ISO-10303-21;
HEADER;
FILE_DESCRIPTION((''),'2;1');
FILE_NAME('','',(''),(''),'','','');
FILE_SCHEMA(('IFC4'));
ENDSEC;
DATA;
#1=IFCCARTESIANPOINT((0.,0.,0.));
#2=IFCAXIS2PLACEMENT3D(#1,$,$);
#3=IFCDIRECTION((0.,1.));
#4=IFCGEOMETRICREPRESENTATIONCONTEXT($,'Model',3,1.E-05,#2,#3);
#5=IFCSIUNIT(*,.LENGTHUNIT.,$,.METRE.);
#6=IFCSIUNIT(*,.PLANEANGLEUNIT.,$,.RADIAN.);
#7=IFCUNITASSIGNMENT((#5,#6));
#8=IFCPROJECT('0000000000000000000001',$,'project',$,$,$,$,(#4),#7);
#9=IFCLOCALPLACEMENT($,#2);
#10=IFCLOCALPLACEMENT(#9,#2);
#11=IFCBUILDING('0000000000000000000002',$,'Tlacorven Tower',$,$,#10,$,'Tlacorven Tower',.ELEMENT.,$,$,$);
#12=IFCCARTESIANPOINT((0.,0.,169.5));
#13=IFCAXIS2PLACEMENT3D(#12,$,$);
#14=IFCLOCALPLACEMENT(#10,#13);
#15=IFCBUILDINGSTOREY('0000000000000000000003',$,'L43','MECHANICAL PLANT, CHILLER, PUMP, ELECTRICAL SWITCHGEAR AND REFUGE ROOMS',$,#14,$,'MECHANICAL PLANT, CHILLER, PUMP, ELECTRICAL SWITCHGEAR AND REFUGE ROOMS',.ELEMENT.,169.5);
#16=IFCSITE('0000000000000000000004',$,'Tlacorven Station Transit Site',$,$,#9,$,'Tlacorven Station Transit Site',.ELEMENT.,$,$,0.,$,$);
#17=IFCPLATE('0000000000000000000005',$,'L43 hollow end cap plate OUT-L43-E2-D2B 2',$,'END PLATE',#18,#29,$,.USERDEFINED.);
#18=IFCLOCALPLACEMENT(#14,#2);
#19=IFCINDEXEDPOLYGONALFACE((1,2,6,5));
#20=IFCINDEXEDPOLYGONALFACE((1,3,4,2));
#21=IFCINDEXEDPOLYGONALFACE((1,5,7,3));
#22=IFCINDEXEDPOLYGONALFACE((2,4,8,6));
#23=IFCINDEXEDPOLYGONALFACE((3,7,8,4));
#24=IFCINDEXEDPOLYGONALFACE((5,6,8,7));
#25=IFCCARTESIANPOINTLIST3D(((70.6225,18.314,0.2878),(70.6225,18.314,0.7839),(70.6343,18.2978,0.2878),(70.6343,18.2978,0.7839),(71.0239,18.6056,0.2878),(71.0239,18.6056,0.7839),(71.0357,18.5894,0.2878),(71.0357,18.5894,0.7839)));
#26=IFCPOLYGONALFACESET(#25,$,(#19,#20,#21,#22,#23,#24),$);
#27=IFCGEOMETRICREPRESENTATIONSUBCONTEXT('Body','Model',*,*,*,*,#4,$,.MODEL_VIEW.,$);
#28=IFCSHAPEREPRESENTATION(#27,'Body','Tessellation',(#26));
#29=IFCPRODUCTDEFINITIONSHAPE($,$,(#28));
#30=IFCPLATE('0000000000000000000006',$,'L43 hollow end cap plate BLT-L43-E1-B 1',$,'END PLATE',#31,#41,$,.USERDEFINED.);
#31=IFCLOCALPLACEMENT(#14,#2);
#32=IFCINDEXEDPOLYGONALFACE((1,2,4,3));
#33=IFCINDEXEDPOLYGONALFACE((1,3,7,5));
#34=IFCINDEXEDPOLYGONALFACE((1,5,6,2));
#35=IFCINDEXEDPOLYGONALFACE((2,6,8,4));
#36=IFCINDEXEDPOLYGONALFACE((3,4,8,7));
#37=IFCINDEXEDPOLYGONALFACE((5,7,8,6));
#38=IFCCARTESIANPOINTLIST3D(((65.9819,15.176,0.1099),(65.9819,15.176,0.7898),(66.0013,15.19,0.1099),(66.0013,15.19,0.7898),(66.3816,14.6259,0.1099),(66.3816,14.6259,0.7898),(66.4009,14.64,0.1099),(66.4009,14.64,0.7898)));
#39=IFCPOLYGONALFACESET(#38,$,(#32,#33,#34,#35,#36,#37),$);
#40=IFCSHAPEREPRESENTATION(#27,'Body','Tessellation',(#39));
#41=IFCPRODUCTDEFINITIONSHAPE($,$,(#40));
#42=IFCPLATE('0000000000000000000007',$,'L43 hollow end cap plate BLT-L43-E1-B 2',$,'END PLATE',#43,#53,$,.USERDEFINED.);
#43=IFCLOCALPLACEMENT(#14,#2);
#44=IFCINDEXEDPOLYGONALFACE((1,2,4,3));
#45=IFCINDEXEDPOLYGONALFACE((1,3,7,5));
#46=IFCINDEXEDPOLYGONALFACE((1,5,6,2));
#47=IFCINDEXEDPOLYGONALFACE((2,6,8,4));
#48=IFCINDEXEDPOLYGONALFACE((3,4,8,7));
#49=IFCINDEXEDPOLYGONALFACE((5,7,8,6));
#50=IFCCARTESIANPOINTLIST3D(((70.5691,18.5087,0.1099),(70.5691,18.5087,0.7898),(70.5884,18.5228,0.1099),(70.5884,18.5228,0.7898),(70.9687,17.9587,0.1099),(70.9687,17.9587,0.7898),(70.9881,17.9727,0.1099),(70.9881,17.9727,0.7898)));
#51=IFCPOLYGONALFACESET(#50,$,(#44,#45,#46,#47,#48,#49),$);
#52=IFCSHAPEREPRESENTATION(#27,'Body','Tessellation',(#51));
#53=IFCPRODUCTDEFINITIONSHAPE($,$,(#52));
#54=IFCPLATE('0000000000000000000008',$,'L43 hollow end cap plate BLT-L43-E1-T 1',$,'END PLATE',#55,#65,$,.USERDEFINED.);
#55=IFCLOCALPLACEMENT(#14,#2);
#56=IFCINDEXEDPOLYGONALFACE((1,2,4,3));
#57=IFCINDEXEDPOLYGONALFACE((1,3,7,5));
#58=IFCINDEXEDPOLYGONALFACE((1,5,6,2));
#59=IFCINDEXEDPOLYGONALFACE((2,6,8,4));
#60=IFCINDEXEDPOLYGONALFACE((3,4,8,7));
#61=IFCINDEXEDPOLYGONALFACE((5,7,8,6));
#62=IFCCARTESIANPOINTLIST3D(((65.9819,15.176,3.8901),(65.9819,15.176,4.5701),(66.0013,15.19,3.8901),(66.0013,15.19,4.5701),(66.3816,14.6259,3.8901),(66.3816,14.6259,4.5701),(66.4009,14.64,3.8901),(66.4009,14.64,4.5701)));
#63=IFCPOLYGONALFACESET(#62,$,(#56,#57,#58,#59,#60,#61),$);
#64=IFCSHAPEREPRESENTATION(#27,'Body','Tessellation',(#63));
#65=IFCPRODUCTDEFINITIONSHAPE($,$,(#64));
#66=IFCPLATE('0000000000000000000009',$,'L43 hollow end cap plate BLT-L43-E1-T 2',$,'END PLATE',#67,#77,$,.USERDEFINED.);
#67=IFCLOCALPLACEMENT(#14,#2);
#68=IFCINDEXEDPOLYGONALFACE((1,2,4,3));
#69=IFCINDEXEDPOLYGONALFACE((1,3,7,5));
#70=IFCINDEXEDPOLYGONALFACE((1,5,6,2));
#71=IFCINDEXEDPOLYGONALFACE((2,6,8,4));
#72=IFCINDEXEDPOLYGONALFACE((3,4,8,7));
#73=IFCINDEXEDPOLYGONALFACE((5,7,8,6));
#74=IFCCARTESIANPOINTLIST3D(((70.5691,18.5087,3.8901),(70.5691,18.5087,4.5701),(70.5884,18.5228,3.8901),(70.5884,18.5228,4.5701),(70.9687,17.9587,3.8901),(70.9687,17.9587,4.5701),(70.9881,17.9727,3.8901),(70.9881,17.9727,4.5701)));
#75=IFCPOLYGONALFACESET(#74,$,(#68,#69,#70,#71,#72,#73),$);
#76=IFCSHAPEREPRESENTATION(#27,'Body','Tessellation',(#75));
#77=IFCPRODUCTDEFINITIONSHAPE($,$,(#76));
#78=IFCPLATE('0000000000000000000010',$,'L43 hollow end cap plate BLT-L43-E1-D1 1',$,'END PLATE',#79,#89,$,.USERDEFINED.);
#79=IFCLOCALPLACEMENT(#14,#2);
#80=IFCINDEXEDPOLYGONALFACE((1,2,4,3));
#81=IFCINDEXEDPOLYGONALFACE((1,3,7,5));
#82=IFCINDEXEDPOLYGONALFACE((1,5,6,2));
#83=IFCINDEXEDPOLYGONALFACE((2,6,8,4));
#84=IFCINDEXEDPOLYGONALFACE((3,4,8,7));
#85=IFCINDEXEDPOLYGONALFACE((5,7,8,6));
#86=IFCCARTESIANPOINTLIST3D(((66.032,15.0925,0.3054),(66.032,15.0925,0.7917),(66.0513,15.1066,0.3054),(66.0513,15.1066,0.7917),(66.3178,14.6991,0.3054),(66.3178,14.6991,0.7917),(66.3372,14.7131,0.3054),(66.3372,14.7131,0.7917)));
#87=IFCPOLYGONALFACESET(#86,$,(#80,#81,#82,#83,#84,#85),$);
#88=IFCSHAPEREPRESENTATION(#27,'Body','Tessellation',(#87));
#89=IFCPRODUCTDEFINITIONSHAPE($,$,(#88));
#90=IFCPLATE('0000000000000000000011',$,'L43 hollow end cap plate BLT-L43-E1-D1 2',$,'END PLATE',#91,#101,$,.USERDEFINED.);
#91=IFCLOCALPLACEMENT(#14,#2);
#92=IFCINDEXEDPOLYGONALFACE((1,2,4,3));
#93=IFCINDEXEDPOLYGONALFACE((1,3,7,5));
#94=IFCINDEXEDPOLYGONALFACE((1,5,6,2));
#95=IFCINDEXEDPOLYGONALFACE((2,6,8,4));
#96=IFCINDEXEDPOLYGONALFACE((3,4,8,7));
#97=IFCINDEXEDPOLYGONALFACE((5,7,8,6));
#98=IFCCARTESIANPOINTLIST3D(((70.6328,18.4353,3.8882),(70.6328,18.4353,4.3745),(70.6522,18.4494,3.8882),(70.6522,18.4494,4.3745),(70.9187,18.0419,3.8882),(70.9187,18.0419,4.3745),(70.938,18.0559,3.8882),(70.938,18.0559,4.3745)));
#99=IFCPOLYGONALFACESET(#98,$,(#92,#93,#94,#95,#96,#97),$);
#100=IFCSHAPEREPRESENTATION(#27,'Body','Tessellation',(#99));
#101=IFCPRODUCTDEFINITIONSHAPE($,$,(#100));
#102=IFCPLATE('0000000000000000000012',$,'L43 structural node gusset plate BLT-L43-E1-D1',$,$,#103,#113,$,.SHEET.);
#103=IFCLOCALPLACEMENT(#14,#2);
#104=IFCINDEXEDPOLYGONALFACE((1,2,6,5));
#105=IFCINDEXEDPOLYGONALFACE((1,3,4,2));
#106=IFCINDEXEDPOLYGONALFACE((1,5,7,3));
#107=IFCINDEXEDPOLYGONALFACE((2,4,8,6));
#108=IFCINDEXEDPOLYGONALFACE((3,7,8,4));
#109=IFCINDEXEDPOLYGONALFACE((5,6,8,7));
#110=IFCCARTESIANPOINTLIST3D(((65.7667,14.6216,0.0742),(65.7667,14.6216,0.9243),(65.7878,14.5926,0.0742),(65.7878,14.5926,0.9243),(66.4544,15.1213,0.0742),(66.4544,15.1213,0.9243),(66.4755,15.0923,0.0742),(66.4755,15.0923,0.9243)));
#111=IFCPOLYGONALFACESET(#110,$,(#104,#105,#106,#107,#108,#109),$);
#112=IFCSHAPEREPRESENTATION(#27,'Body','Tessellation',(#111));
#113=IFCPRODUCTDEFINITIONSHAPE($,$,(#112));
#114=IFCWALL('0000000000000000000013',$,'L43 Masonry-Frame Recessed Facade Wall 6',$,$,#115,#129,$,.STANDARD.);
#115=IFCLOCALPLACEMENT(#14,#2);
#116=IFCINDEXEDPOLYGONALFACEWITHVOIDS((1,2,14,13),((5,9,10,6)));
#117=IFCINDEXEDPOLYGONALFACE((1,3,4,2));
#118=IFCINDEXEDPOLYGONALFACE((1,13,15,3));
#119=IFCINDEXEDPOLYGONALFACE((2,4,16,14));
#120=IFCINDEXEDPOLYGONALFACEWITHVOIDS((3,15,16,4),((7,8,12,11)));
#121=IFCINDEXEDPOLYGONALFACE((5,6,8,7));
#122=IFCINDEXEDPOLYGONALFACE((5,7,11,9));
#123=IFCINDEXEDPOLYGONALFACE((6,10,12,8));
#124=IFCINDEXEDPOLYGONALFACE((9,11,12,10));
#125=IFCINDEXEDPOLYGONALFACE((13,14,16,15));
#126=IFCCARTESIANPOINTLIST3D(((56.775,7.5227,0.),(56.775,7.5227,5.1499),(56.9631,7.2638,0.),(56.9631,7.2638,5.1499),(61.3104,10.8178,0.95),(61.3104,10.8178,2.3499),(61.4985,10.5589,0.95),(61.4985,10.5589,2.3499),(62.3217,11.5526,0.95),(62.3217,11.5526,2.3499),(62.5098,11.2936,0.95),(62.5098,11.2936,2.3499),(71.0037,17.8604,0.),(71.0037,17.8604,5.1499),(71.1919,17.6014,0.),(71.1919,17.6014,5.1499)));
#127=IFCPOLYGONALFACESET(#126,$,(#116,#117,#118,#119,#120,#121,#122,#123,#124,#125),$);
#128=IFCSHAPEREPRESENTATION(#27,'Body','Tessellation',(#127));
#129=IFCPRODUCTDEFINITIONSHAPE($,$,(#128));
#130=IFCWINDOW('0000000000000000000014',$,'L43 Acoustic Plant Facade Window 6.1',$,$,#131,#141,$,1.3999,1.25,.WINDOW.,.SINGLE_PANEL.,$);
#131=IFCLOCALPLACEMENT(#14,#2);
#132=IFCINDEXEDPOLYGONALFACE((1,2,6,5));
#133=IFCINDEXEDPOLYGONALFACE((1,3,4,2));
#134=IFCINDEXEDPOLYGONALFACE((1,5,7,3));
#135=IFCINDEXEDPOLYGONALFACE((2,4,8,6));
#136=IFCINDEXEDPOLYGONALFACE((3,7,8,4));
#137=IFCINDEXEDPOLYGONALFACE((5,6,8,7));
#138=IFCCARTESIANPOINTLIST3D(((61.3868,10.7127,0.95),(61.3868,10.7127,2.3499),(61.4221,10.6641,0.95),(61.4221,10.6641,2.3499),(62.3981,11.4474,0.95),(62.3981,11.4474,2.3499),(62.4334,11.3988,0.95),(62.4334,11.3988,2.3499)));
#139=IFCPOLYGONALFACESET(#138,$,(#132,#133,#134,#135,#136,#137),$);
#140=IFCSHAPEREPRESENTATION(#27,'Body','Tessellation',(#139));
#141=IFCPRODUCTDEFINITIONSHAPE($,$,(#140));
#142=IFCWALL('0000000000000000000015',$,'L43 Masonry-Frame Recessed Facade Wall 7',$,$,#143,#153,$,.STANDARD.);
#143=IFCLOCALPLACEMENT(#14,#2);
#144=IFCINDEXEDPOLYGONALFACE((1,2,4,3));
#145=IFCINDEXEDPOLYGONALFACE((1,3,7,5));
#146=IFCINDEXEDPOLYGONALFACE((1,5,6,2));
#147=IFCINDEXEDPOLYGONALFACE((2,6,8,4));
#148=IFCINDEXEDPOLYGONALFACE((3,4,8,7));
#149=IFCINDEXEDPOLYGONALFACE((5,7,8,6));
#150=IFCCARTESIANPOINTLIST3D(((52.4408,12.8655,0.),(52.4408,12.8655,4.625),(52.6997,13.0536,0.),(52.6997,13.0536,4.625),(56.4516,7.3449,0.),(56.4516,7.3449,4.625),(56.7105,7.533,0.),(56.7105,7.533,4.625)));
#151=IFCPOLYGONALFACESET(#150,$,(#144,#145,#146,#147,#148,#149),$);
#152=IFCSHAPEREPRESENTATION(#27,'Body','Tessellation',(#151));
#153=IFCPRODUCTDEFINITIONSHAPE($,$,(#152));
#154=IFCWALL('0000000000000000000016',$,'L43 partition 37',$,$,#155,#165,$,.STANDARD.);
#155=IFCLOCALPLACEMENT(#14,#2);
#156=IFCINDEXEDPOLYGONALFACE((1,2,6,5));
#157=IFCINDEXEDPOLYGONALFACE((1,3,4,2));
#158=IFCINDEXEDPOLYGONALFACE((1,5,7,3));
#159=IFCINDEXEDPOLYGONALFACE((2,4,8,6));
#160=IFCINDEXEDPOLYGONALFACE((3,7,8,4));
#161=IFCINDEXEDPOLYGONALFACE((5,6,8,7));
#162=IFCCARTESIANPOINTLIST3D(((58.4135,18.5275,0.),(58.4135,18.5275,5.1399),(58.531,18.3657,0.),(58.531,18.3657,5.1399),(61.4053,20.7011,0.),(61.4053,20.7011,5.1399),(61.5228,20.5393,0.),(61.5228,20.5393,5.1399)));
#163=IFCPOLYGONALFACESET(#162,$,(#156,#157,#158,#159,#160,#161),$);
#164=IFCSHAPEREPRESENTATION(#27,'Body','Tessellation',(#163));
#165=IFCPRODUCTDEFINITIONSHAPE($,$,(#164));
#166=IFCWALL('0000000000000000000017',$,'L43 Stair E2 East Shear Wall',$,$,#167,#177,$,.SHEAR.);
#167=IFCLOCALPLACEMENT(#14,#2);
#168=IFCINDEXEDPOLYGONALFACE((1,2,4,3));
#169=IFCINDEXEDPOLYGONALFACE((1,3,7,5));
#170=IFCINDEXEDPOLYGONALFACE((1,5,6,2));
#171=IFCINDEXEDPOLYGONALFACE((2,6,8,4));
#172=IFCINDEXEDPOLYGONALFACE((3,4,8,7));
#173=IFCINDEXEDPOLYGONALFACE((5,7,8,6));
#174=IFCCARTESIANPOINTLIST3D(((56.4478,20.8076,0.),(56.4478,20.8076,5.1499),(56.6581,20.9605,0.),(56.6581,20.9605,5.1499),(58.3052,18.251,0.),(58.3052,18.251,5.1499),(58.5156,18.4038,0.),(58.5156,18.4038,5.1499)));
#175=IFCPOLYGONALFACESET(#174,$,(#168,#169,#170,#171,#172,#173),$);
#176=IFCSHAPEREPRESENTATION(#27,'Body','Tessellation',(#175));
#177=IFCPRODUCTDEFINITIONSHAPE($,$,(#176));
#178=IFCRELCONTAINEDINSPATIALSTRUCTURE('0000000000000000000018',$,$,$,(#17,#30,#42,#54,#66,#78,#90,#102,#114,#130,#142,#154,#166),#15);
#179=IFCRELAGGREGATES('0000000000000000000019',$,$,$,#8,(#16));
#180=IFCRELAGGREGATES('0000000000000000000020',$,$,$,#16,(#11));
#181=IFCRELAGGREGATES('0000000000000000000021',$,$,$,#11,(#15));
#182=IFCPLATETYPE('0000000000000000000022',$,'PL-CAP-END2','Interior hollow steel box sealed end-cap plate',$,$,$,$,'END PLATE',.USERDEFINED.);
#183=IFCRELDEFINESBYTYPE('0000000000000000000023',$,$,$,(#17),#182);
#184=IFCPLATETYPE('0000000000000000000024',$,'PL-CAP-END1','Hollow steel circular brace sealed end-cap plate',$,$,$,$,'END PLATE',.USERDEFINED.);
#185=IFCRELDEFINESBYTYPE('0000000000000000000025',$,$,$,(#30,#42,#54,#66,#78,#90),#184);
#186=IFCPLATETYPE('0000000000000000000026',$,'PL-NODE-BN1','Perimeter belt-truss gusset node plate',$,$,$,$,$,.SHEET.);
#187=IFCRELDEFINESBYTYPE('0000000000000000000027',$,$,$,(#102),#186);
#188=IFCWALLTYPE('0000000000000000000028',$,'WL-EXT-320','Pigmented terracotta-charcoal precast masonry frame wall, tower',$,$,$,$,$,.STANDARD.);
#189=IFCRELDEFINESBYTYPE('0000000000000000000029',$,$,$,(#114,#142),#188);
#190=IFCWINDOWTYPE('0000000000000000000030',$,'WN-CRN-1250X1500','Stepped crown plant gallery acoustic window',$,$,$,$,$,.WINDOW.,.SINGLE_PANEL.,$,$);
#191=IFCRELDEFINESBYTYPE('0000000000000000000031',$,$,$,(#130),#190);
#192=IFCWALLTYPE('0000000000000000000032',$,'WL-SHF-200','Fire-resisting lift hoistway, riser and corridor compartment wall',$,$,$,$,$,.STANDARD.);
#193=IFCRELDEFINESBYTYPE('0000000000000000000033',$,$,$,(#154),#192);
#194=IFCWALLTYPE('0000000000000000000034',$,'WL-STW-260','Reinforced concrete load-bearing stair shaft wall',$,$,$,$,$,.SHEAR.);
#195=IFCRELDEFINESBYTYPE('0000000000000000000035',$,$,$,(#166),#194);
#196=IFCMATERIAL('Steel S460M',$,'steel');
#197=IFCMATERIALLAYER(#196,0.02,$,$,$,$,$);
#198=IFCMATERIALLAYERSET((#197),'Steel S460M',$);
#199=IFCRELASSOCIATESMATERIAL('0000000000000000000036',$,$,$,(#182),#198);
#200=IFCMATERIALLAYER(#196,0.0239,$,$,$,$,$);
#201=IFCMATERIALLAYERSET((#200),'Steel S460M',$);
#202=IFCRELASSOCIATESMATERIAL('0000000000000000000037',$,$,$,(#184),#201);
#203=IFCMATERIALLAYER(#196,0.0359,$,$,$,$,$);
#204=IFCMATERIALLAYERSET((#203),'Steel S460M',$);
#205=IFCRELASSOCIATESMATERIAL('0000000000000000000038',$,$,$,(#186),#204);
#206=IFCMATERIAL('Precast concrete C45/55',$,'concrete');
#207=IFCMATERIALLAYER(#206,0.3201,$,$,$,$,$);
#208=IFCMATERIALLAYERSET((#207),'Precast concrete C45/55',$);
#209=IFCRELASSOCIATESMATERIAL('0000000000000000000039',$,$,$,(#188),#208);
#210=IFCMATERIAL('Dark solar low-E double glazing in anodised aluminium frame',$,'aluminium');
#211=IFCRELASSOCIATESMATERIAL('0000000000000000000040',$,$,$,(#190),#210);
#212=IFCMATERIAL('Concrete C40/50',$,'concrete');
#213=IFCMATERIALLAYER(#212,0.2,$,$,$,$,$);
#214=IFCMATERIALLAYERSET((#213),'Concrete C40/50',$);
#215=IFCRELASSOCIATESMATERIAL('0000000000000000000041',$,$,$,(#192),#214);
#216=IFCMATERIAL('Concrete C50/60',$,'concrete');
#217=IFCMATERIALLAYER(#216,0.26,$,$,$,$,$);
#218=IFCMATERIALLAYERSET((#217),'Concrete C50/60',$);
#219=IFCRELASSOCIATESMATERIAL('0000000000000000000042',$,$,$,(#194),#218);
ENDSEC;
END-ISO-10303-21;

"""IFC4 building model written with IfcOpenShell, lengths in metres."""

from ifc_helpers import new_model, si_unit, direction, frame, frame_2d, origin, origin_2d, place, context, subcontext, project, spatial, rectangle, extrude, source, transform, mapped, material, layer, layer_set, type_object, element, fill, save


model = new_model("IFC4")

# Units and contexts
model_context = context("Model", 3, precision=1e-05, world=origin(), true_north=direction((0.0, 1.0)))
body_context = subcontext(model_context, "Body", "Model", "MODEL_VIEW")
ifc_project = project(units=[si_unit("LENGTHUNIT", "METRE"), si_unit("PLANEANGLEUNIT", "RADIAN")], contexts=[model_context])

# Site, building, storey
site_placement = place(None, origin())
site = spatial("IfcSite", under=ifc_project, at=site_placement, Name="Tlacorven Station Transit Site", LongName="Tlacorven Station Transit Site", CompositionType="ELEMENT", RefElevation=0.0)
building_placement = place(site_placement, origin())
building = spatial("IfcBuilding", under=site, at=building_placement, Name="Tlacorven Tower", LongName="Tlacorven Tower", CompositionType="ELEMENT")
storey_placement = place(building_placement, frame((0.0, 0.0, 169.5)))
storey = spatial("IfcBuildingStorey", under=building, at=storey_placement, Name="L43", Description="MECHANICAL PLANT, CHILLER, PUMP, ELECTRICAL SWITCHGEAR AND REFUGE ROOMS", LongName="MECHANICAL PLANT, CHILLER, PUMP, ELECTRICAL SWITCHGEAR AND REFUGE ROOMS", CompositionType="ELEMENT", Elevation=169.5)

# Shared definitions
ifc_material_1 = material(Name="Steel S460M", Category="steel")

# Plates
ifc_layer_1 = layer(ifc_material_1, 0.02)
ifc_layer_set_1 = layer_set([ifc_layer_1], Name="Steel S460M")
plate_type_1 = type_object("IfcPlateType", Name="PL-CAP-END2", Description="Interior hollow steel box sealed end-cap plate", ElementType="END PLATE", PredefinedType="USERDEFINED", material=ifc_layer_set_1)
shared_shape_1 = source(origin(), body_context, "Body", "SweptSolid", [
    extrude(rectangle(XDim=0.02, YDim=0.4961, at=origin_2d()), origin(), (0.0, 0.0, 1.0), 0.4961),
])
for number, where, z_axis, x_axis, name in (
    (1, (70.8291, 18.4517, 0.2878), (0.0, 0.0, 1.0), (0.587785, -0.809017, 0.0), "L43 hollow end cap plate OUT-L43-E2-D2B 2"),
):
    element("IfcPlate", number, at=place(storey_placement, frame(where, z_axis=z_axis, x_axis=x_axis)), inside=storey, type_object=plate_type_1, Name=name, ObjectType="END PLATE", PredefinedType="USERDEFINED", context=body_context, shape_type="MappedRepresentation", body=[
        mapped(shared_shape_1, transform((0.0, 0.0, 0.0), scale=1.0)),
    ])
ifc_layer_2 = layer(ifc_material_1, 0.0239)
ifc_layer_set_2 = layer_set([ifc_layer_2], Name="Steel S460M")
plate_type_2 = type_object("IfcPlateType", Name="PL-CAP-END1", Description="Hollow steel circular brace sealed end-cap plate", ElementType="END PLATE", PredefinedType="USERDEFINED", material=ifc_layer_set_2)
shared_shape_2 = source(origin(), body_context, "Body", "SweptSolid", [
    extrude(rectangle(XDim=0.0239, YDim=0.6799, at=origin_2d()), origin(), (0.0, 0.0, 1.0), 0.6799),
])
for number, where, z_axis, x_axis, name in (
    (2, (66.1914, 14.908, 0.1099), (0.0, 0.0, 1.0), (0.809017, 0.587785, 0.0), "L43 hollow end cap plate BLT-L43-E1-B 1"),
    (3, (70.7786, 18.2407, 0.1099), (0.0, 0.0, 1.0), (0.809017, 0.587785, 0.0), "L43 hollow end cap plate BLT-L43-E1-B 2"),
    (4, (66.1914, 14.908, 3.8901), (0.0, 0.0, 1.0), (0.809017, 0.587785, 0.0), "L43 hollow end cap plate BLT-L43-E1-T 1"),
    (5, (70.7786, 18.2407, 3.8901), (0.0, 0.0, 1.0), (0.809017, 0.587785, 0.0), "L43 hollow end cap plate BLT-L43-E1-T 2"),
):
    element("IfcPlate", number, at=place(storey_placement, frame(where, z_axis=z_axis, x_axis=x_axis)), inside=storey, type_object=plate_type_2, Name=name, ObjectType="END PLATE", PredefinedType="USERDEFINED", context=body_context, shape_type="MappedRepresentation", body=[
        mapped(shared_shape_2, transform((0.0, 0.0, 0.0), scale=1.0)),
    ])
shared_shape_3 = source(origin(), body_context, "Body", "SweptSolid", [
    extrude(rectangle(XDim=0.0239, YDim=0.4863, at=origin_2d()), origin(), (0.0, 0.0, 1.0), 0.4863),
])
for number, where, z_axis, x_axis, name in (
    (6, (66.1846, 14.9028, 0.3054), (0.0, 0.0, 1.0), (0.809017, 0.587785, 0.0), "L43 hollow end cap plate BLT-L43-E1-D1 1"),
    (7, (70.7854, 18.2456, 3.8882), (0.0, 0.0, 1.0), (0.809017, 0.587785, 0.0), "L43 hollow end cap plate BLT-L43-E1-D1 2"),
):
    element("IfcPlate", number, at=place(storey_placement, frame(where, z_axis=z_axis, x_axis=x_axis)), inside=storey, type_object=plate_type_2, Name=name, ObjectType="END PLATE", PredefinedType="USERDEFINED", context=body_context, shape_type="MappedRepresentation", body=[
        mapped(shared_shape_3, transform((0.0, 0.0, 0.0), scale=1.0)),
    ])
ifc_layer_3 = layer(ifc_material_1, 0.0359)
ifc_layer_set_3 = layer_set([ifc_layer_3], Name="Steel S460M")
plate_type_3 = type_object("IfcPlateType", Name="PL-NODE-BN1", Description="Perimeter belt-truss gusset node plate", PredefinedType="SHEET", material=ifc_layer_set_3)
shared_shape_4 = source(origin(), body_context, "Body", "SweptSolid", [
    extrude(rectangle(XDim=0.8501, YDim=0.0359, at=origin_2d()), origin(), (0.0, 0.0, 1.0), 0.8501),
])
plate_placement = place(storey_placement, frame((66.1211, 14.8569, 0.0742), z_axis=(0.0, 0.0, 1.0), x_axis=(0.809017, 0.587785, 0.0)))
element("IfcPlate", 8, at=plate_placement, inside=storey, type_object=plate_type_3, Name="L43 structural node gusset plate BLT-L43-E1-D1", PredefinedType="SHEET", context=body_context, shape_type="MappedRepresentation", body=[
    mapped(shared_shape_4, transform((0.0, 0.0, 0.0), scale=1.0)),
])

# Wall, opening, window
ifc_material_2 = material(Name="Precast concrete C45/55", Category="concrete")
ifc_layer_4 = layer(ifc_material_2, 0.3201)
ifc_layer_set_4 = layer_set([ifc_layer_4], Name="Precast concrete C45/55")
wall_type_1 = type_object("IfcWallType", Name="WL-EXT-320", Description="Pigmented terracotta-charcoal precast masonry frame wall, tower", PredefinedType="STANDARD", material=ifc_layer_set_4)
wall_1_placement = place(storey_placement, frame((71.0979, 17.731, 0.0), z_axis=(0.0, 0.0, 1.0), x_axis=(-0.809021, -0.58778, 0.0)))
wall_1 = element("IfcWall", 9, at=wall_1_placement, inside=storey, type_object=wall_type_1, Name="L43 Masonry-Frame Recessed Facade Wall 6", PredefinedType="STANDARD", context=body_context, shape_type="SweptSolid", body=[
    extrude(rectangle(XDim=17.5876, YDim=0.3201, at=frame_2d((8.7939, 0.0))), origin(), (0.0, 0.0, 1.0), 5.1499),
])
opening_placement = place(wall_1_placement, frame((10.7317, 0.0, 0.95)))
opening = element("IfcOpeningElement", 10, at=opening_placement, cuts=wall_1, PredefinedType="OPENING", context=body_context, shape_type="SweptSolid", body=[
    extrude(rectangle(XDim=1.25, YDim=1.3999, at=frame_2d((0.625, 0.7))), frame((0.0, 0.1699, 0.0), z_axis=(0.0, -1.0, 0.0), x_axis=(1.0, 0.0, 0.0)), (0.0, 0.0, 1.0), 0.3401),
])
ifc_material_3 = material(Name="Dark solar low-E double glazing in anodised aluminium frame", Category="aluminium")
window_type = type_object("IfcWindowType", Name="WN-CRN-1250X1500", Description="Stepped crown plant gallery acoustic window", PartitioningType="SINGLE_PANEL", PredefinedType="WINDOW", material=ifc_material_3)
shared_shape_5 = source(origin(), body_context, "Body", "SweptSolid", [
    extrude(rectangle(XDim=1.25, YDim=1.3999, at=frame_2d((0.625, 0.7))), frame((0.0, 0.03, 0.0), z_axis=(0.0, -1.0, 0.0), x_axis=(1.0, 0.0, 0.0)), (0.0, 0.0, 1.0), 0.0601),
])
window_placement = place(opening_placement, origin())
window = element("IfcWindow", 11, at=window_placement, inside=storey, type_object=window_type, Name="L43 Acoustic Plant Facade Window 6.1", OverallHeight=1.3999, OverallWidth=1.25, PartitioningType="SINGLE_PANEL", PredefinedType="WINDOW", context=body_context, shape_type="MappedRepresentation", body=[
    mapped(shared_shape_5, transform((0.0, 0.0, 0.0), scale=1.0)),
])
fill(opening, window)

# Walls
wall_2_placement = place(storey_placement, frame((56.5811, 7.439, 0.0), z_axis=(0.0, 0.0, 1.0), x_axis=(-0.587772, 0.809027, 0.0)))
element("IfcWall", 12, at=wall_2_placement, inside=storey, type_object=wall_type_1, Name="L43 Masonry-Frame Recessed Facade Wall 7", PredefinedType="STANDARD", context=body_context, shape_type="SweptSolid", body=[
    extrude(rectangle(XDim=6.8237, YDim=0.3201, at=frame_2d((3.4119, 0.0))), origin(), (0.0, 0.0, 1.0), 4.625),
])
ifc_material_4 = material(Name="Concrete C40/50", Category="concrete")
ifc_layer_5 = layer(ifc_material_4, 0.2)
ifc_layer_set_5 = layer_set([ifc_layer_5], Name="Concrete C40/50")
wall_type_2 = type_object("IfcWallType", Name="WL-SHF-200", Description="Fire-resisting lift hoistway, riser and corridor compartment wall", PredefinedType="STANDARD", material=ifc_layer_set_5)
wall_3_placement = place(storey_placement, frame((58.4722, 18.4465, 0.0), z_axis=(0.0, 0.0, 1.0), x_axis=(0.809019, 0.587783, 0.0)))
element("IfcWall", 13, at=wall_3_placement, inside=storey, type_object=wall_type_2, Name="L43 partition 37", PredefinedType="STANDARD", context=body_context, shape_type="SweptSolid", body=[
    extrude(rectangle(XDim=3.698, YDim=0.2, at=frame_2d((1.8491, 0.0))), origin(), (0.0, 0.0, 1.0), 5.1399),
])
ifc_material_5 = material(Name="Concrete C50/60", Category="concrete")
ifc_layer_6 = layer(ifc_material_5, 0.26)
ifc_layer_set_6 = layer_set([ifc_layer_6], Name="Concrete C50/60")
wall_type_3 = type_object("IfcWallType", Name="WL-STW-260", Description="Reinforced concrete load-bearing stair shaft wall", PredefinedType="SHEAR", material=ifc_layer_set_6)
wall_4_placement = place(storey_placement, frame((58.4104, 18.3274, 0.0), z_axis=(0.0, 0.0, 1.0), x_axis=(-0.587767, 0.80903, 0.0)))
element("IfcWall", 14, at=wall_4_placement, inside=storey, type_object=wall_type_3, Name="L43 Stair E2 East Shear Wall", PredefinedType="SHEAR", context=body_context, shape_type="SweptSolid", body=[
    extrude(rectangle(XDim=3.1602, YDim=0.26, at=frame_2d((1.5801, 0.0))), origin(), (0.0, 0.0, 1.0), 5.1499),
])

save(model, "model.ifc")
